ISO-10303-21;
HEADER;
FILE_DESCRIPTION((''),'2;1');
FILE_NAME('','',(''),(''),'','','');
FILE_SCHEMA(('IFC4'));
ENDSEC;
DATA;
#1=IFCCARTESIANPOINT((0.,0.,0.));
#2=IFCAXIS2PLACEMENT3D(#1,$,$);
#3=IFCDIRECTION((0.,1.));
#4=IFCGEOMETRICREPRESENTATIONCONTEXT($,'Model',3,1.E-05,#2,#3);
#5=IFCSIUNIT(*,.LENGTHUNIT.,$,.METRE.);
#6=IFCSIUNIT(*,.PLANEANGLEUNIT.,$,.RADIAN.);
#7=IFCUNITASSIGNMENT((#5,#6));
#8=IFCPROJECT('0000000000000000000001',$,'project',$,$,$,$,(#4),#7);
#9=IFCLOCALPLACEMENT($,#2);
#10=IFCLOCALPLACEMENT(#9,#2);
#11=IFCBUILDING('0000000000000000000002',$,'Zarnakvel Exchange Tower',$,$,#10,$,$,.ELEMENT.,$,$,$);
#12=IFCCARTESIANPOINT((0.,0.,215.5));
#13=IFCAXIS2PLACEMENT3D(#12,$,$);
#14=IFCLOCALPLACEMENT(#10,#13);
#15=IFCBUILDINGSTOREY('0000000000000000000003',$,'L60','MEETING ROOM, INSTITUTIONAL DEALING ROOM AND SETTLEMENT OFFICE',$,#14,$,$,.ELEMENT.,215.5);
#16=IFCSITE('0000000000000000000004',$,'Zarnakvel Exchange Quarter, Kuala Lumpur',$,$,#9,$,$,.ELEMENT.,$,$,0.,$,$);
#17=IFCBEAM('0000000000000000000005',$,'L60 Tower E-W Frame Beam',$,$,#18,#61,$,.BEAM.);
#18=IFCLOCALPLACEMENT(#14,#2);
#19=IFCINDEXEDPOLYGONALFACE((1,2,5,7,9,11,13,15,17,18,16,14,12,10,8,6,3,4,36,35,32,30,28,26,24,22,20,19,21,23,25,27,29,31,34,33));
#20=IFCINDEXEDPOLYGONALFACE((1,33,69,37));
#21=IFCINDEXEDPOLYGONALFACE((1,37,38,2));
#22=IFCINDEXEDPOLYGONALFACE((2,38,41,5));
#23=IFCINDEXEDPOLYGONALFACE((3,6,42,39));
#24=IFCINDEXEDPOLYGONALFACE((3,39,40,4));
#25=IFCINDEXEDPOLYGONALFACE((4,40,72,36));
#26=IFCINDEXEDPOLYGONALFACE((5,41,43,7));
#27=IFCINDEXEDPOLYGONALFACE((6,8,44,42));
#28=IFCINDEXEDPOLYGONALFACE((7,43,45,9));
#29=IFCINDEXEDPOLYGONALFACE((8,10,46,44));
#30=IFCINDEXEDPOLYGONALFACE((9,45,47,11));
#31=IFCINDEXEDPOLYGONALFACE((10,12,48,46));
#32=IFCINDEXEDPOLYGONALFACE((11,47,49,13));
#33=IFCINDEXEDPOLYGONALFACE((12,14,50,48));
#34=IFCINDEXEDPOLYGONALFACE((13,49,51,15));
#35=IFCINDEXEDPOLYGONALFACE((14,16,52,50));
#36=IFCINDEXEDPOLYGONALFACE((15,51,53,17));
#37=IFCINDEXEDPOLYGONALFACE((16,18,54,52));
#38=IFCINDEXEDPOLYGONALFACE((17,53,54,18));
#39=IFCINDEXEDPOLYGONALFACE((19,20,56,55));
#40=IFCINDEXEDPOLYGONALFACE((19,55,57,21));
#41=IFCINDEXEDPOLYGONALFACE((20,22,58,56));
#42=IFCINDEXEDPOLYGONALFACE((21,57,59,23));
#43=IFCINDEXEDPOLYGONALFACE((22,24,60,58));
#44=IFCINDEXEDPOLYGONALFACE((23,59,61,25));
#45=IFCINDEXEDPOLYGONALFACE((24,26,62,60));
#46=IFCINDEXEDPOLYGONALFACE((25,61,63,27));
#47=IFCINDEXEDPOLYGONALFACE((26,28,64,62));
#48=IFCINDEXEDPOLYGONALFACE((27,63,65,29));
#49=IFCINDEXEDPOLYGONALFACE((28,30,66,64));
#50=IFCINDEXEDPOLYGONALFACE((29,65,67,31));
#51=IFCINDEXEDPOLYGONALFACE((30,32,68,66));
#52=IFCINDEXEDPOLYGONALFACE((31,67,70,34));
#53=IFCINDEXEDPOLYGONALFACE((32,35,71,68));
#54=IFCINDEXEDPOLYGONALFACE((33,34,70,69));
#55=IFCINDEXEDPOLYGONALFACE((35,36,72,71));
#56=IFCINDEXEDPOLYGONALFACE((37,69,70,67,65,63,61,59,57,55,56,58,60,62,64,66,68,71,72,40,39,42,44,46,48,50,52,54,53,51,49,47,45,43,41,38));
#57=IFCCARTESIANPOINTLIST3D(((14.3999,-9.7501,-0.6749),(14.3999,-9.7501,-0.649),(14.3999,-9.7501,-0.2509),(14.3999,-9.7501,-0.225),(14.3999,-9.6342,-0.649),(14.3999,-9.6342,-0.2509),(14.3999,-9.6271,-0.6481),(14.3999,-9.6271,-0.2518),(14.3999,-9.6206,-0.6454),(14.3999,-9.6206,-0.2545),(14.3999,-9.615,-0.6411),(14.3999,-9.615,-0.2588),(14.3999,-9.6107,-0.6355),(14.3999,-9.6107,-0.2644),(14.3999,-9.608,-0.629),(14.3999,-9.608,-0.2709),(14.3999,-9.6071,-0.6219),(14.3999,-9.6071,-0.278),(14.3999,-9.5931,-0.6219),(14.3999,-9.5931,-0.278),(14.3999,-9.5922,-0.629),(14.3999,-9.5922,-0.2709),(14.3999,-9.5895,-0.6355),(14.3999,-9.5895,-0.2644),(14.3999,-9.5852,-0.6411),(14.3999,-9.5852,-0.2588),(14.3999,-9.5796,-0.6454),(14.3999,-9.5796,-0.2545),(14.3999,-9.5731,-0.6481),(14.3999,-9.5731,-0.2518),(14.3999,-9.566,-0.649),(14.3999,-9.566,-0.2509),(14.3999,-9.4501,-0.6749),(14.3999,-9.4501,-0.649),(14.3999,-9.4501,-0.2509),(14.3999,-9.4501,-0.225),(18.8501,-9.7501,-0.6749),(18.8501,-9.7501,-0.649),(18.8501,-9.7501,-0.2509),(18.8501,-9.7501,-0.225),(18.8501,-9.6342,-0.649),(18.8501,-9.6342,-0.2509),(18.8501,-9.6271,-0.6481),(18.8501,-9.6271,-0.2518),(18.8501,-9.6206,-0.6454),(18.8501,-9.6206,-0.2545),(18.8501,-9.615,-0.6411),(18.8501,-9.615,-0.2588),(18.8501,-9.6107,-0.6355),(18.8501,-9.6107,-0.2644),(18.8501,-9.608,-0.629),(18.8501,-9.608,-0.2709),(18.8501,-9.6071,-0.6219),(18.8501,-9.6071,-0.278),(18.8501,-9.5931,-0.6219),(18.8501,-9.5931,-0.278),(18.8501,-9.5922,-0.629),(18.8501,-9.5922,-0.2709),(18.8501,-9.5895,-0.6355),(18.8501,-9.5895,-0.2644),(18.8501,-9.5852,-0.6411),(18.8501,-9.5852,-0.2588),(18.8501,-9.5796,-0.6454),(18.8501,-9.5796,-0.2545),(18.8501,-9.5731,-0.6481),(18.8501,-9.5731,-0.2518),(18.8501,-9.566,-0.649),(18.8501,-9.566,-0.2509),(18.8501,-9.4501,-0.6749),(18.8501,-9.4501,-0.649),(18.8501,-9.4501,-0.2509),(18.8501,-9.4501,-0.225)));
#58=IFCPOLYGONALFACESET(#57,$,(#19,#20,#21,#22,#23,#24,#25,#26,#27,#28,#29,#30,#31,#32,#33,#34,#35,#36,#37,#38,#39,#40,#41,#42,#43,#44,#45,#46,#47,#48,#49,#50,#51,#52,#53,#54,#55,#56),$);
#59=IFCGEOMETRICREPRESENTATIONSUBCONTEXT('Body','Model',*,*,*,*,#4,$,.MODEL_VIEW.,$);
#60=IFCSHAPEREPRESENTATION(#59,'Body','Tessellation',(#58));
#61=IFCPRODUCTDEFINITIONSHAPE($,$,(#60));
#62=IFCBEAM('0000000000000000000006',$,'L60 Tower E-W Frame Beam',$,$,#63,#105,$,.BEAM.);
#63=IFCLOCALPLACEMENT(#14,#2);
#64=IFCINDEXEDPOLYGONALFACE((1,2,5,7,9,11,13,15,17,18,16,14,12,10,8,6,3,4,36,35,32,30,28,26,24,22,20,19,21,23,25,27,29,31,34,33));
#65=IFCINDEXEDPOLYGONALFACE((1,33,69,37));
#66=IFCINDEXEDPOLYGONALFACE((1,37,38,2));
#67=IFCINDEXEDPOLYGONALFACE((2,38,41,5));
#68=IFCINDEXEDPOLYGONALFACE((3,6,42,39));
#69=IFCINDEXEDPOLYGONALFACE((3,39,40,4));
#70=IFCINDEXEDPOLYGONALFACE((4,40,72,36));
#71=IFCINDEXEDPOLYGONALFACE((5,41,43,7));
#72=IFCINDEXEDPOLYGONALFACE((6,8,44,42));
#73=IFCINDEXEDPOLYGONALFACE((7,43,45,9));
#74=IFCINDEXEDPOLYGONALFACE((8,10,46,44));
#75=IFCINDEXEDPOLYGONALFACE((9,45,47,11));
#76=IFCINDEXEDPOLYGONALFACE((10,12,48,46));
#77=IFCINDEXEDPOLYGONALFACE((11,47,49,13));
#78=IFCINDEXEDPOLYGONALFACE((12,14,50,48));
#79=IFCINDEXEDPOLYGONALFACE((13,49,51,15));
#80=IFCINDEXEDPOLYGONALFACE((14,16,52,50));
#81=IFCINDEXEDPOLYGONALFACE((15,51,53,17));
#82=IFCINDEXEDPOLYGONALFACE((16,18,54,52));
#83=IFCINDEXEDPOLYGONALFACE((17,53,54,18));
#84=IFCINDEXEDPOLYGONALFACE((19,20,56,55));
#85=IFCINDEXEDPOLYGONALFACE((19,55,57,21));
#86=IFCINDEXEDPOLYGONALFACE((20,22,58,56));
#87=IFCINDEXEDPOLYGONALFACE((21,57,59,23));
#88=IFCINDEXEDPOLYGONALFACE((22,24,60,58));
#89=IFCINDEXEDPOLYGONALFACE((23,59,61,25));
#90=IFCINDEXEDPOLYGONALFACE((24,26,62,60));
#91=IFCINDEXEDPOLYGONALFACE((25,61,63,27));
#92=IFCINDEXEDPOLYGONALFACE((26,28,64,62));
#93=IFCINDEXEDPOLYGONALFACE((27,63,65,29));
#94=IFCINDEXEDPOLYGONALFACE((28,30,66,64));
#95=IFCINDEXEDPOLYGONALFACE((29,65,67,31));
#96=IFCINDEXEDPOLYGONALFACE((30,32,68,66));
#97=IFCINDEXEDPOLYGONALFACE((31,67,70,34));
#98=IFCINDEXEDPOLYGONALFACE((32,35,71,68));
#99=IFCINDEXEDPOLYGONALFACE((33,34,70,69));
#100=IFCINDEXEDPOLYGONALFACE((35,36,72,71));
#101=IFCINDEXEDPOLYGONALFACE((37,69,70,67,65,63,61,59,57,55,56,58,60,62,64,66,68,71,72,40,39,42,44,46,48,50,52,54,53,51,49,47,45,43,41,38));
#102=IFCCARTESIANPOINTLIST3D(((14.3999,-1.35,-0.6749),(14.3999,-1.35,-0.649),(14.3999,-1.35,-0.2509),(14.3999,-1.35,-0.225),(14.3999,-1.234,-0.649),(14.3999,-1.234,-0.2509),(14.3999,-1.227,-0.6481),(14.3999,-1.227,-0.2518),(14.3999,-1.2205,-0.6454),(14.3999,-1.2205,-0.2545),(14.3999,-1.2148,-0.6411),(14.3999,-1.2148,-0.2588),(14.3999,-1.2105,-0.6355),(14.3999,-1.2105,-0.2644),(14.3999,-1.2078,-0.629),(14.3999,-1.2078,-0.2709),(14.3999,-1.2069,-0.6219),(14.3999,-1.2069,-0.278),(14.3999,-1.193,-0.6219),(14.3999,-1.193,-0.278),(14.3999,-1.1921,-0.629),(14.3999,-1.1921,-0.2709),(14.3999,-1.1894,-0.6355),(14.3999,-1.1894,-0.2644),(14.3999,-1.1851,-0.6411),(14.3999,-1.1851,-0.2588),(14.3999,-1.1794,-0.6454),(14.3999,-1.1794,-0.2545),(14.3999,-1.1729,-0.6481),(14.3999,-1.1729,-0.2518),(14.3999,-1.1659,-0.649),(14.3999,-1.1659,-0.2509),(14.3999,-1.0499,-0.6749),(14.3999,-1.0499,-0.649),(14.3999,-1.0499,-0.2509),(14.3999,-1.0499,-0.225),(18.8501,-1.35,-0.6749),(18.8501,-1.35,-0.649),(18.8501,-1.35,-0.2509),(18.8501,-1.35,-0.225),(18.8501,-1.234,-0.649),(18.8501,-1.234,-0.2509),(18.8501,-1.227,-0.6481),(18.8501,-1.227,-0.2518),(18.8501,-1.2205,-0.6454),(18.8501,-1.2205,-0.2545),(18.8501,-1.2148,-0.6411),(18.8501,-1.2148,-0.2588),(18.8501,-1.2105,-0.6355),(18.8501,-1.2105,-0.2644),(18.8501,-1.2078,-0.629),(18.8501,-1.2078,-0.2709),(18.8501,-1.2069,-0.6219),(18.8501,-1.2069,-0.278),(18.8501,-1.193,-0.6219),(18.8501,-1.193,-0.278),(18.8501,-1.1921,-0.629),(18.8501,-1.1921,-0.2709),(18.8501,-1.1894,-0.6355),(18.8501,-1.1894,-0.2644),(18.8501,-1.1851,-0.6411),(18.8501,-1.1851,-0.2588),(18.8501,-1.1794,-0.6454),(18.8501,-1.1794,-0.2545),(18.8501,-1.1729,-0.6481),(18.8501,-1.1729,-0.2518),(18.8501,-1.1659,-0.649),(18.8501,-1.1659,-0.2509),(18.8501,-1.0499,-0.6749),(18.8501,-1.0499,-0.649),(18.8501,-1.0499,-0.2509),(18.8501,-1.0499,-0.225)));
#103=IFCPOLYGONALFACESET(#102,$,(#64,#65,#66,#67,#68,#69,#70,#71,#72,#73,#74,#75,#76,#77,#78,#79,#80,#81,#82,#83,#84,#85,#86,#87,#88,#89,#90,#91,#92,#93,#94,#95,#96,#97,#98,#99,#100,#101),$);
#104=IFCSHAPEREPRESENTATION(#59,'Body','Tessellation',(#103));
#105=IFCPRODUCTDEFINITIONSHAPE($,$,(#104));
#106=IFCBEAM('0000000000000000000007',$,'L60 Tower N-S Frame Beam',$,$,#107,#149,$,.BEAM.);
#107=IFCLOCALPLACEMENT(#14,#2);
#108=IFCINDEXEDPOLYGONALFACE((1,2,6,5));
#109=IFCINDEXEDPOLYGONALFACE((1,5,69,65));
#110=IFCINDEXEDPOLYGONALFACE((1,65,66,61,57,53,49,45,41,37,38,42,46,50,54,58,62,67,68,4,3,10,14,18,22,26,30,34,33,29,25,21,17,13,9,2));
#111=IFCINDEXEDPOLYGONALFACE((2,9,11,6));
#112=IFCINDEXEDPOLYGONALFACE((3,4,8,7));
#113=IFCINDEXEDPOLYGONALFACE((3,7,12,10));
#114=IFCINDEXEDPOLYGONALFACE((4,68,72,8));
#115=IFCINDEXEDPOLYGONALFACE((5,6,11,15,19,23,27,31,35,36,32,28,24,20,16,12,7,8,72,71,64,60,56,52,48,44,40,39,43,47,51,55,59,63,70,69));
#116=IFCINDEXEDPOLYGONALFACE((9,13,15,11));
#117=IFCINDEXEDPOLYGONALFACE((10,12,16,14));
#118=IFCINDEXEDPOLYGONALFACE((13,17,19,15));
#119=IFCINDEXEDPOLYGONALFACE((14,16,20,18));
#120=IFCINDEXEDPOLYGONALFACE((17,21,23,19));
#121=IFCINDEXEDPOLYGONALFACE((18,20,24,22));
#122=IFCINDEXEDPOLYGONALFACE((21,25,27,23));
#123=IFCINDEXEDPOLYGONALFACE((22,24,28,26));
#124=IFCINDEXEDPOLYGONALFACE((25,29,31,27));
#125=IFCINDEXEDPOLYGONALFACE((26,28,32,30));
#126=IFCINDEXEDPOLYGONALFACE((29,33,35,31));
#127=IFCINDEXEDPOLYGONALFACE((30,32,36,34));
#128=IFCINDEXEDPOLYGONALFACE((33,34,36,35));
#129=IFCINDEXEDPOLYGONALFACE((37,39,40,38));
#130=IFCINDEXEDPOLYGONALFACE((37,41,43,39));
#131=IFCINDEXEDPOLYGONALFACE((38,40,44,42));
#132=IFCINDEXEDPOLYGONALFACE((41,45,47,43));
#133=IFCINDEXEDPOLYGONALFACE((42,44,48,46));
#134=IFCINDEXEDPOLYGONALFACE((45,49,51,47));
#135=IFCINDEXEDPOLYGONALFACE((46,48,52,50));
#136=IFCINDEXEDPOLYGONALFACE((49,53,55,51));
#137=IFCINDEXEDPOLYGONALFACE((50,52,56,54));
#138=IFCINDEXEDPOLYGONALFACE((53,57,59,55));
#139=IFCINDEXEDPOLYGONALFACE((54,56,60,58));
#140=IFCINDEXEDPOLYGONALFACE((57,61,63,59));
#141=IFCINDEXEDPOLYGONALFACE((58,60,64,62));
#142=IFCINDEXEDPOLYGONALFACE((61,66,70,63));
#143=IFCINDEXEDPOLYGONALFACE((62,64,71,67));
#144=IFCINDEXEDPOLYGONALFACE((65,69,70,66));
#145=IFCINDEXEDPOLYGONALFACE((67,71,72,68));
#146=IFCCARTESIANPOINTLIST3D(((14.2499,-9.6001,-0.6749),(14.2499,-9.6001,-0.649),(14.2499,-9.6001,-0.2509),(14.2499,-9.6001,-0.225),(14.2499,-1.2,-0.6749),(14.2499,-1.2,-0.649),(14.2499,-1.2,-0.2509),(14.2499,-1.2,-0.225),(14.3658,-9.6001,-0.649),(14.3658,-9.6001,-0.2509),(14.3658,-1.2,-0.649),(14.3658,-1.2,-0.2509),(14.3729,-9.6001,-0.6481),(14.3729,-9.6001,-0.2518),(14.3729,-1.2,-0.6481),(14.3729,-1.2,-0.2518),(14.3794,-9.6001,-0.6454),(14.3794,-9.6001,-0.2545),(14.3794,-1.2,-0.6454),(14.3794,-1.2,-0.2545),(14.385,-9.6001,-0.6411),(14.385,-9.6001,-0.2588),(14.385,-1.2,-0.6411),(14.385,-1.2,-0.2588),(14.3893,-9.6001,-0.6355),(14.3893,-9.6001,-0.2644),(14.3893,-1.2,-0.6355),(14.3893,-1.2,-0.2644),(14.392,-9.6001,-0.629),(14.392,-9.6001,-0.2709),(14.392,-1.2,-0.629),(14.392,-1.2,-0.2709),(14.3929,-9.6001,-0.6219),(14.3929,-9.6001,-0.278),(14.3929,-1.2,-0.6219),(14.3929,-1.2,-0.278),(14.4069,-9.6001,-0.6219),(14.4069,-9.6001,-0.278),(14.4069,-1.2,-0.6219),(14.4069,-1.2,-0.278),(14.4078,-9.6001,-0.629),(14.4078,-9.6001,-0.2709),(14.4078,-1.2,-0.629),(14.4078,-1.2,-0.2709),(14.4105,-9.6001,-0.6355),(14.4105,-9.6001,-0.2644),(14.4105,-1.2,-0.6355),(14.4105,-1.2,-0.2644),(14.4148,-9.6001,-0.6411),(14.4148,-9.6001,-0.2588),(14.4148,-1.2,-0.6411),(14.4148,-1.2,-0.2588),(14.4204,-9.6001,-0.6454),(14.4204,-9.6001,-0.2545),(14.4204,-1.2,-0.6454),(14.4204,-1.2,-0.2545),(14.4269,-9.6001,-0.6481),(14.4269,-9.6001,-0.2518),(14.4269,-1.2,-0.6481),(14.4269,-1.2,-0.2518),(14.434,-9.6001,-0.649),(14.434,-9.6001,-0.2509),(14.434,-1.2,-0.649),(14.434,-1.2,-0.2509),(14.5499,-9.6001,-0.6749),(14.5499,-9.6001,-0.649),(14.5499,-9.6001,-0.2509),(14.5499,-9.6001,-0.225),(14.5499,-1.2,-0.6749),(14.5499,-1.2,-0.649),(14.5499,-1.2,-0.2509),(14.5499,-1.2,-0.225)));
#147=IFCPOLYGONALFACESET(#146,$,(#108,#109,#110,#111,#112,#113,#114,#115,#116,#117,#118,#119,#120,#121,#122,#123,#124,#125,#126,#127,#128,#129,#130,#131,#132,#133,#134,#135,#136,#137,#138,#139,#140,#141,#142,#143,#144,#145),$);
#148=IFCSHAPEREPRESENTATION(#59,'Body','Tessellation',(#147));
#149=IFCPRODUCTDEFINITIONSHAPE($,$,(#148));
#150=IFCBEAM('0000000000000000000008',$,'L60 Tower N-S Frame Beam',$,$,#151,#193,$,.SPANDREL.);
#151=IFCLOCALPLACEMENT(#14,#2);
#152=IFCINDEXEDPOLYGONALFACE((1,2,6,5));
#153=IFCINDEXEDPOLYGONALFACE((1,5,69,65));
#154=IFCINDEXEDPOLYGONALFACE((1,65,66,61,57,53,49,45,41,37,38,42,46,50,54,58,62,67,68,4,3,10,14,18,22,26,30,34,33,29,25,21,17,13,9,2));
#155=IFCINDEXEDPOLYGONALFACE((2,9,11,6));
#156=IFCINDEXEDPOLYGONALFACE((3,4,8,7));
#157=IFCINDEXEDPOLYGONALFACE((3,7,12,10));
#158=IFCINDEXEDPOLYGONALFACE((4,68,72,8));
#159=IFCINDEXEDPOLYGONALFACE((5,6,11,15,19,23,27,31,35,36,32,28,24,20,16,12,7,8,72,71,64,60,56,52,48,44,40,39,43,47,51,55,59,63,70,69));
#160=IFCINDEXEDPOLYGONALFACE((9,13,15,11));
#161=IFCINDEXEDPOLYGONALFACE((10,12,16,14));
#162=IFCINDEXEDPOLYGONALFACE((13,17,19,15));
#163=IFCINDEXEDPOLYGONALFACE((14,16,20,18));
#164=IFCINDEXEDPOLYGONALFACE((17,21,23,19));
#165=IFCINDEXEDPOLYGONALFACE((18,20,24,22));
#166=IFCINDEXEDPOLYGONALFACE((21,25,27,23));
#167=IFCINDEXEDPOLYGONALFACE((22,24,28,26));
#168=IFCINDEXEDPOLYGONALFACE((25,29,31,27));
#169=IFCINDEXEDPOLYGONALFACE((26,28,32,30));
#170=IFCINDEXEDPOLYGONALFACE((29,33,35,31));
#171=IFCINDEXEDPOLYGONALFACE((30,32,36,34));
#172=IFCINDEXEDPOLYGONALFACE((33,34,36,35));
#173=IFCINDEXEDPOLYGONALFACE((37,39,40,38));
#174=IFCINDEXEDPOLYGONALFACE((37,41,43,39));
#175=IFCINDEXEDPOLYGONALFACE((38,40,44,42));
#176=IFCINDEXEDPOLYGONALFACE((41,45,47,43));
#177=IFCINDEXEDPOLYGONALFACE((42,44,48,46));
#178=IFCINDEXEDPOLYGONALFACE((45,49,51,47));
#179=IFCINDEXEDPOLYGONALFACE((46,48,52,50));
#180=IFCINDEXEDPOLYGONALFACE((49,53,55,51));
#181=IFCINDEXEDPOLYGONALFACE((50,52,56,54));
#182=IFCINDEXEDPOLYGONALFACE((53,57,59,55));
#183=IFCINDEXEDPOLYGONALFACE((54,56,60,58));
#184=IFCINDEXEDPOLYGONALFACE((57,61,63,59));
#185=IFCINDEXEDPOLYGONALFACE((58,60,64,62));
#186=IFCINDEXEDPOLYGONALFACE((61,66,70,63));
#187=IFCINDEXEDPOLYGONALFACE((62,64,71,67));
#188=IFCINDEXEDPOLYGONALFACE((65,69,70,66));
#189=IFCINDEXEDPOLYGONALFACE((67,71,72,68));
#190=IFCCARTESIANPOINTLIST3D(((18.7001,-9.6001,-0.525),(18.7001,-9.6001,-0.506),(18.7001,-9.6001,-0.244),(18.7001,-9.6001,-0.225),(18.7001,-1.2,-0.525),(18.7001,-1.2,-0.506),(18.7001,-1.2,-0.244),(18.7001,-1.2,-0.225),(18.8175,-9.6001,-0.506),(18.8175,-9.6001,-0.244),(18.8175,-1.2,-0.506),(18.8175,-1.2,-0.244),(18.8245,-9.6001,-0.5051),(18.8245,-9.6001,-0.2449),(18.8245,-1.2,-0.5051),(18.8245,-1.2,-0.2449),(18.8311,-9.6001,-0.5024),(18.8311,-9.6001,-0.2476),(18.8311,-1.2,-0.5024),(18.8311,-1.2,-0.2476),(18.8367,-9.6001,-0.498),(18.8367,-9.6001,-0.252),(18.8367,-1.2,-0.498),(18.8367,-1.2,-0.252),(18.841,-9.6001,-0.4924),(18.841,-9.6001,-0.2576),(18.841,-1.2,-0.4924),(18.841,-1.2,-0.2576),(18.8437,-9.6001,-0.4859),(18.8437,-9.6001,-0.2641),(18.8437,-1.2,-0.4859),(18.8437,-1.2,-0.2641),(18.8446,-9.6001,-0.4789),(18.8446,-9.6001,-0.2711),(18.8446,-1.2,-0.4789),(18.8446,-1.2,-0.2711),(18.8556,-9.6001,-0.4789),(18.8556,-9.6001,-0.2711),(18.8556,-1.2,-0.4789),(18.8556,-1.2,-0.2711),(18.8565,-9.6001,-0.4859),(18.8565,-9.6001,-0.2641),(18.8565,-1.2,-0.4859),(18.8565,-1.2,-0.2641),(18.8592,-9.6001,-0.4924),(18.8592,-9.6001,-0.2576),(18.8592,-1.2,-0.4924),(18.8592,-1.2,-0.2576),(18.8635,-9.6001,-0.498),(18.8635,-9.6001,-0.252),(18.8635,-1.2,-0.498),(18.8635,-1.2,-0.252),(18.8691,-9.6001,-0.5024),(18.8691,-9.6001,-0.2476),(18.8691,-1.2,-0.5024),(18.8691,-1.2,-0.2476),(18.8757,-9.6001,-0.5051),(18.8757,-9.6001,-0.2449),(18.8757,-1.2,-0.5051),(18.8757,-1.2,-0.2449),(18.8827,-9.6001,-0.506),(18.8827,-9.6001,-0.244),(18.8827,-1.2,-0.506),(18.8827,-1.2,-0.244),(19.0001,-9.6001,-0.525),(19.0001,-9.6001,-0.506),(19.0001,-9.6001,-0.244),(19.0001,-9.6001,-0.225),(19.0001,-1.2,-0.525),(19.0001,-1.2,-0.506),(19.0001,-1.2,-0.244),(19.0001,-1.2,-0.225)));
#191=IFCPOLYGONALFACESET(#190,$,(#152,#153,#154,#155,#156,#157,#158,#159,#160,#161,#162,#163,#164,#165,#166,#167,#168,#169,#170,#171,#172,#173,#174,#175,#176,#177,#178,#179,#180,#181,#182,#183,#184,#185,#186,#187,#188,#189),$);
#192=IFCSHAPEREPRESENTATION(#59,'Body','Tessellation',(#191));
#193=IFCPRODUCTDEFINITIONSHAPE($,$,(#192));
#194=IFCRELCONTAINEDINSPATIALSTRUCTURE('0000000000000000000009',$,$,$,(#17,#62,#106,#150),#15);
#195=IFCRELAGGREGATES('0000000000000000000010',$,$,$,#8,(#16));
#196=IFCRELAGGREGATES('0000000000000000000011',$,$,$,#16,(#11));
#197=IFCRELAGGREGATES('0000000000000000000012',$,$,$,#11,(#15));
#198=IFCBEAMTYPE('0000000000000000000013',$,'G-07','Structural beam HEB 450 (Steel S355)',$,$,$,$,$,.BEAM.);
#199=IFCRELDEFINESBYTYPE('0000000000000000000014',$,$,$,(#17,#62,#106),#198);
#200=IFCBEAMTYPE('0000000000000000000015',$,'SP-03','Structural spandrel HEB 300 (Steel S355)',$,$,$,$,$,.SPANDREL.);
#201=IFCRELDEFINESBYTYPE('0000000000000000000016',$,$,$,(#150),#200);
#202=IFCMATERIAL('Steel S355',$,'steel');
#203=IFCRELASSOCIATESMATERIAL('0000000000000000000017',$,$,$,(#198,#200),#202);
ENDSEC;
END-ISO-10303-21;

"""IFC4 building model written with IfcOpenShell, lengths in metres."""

from ifc_helpers import new_model, si_unit, direction, frame, origin, origin_2d, place, context, subcontext, project, spatial, i_section, extrude, material, material_profile, profile_set, type_object, element, save


model = new_model("IFC4")

# Units and contexts
model_context = context("Model", 3, precision=1e-05, world=origin(), true_north=direction((0.0, 1.0)))
body_context = subcontext(model_context, "Body", "Model", "MODEL_VIEW")
ifc_project = project(units=[si_unit("LENGTHUNIT", "METRE"), si_unit("PLANEANGLEUNIT", "RADIAN")], contexts=[model_context])

# Site, building, storey
site_placement = place(None, origin())
site = spatial("IfcSite", under=ifc_project, at=site_placement, Name="Zarnakvel Exchange Quarter, Kuala Lumpur", CompositionType="ELEMENT", RefElevation=0.0)
building_placement = place(site_placement, origin())
building = spatial("IfcBuilding", under=site, at=building_placement, Name="Zarnakvel Exchange Tower", CompositionType="ELEMENT")
storey_placement = place(building_placement, frame((0.0, 0.0, 215.5)))
storey = spatial("IfcBuildingStorey", under=building, at=storey_placement, Name="L60", Description="MEETING ROOM, INSTITUTIONAL DEALING ROOM AND SETTLEMENT OFFICE", CompositionType="ELEMENT", Elevation=215.5)

# Shared definitions
ifc_material_1 = material(Name="Steel S355", Category="steel")

# Beams
ifc_material_profile_1 = material_profile(ifc_material_1, i_section(OverallWidth=0.3, OverallDepth=0.45, WebThickness=0.0139, FlangeThickness=0.0259, FilletRadius=0.0271, at=origin_2d()))
ifc_profile_set_1 = profile_set([ifc_material_profile_1], Name="Steel S355")
beam_type_1 = type_object("IfcBeamType", Name="G-07", Description="Structural beam HEB 450 (Steel S355)", PredefinedType="BEAM", material=ifc_profile_set_1)
for number, where, z_axis, x_axis, name in (
    (1, (14.3999, -9.6001, -0.45), (1.0, 0.0, 0.0), (0.0, 1.0, 0.0), "L60 Tower E-W Frame Beam"),
    (2, (14.3999, -1.2, -0.45), (1.0, 0.0, 0.0), (0.0, 1.0, 0.0), "L60 Tower E-W Frame Beam"),
):
    element("IfcBeam", number, at=place(storey_placement, frame(where, z_axis=z_axis, x_axis=x_axis)), inside=storey, type_object=beam_type_1, Name=name, PredefinedType="BEAM", context=body_context, shape_type="SweptSolid", body=[
        extrude(i_section(OverallWidth=0.3, OverallDepth=0.45, WebThickness=0.0139, FlangeThickness=0.0259, FilletRadius=0.0271, at=origin_2d()), origin(), (0.0, 0.0, 1.0), 4.4502),
    ])
beam_1_placement = place(storey_placement, frame((14.3999, -9.6001, -0.45), z_axis=(0.0, 1.0, 0.0), x_axis=(-1.0, 0.0, 0.0)))
element("IfcBeam", 3, at=beam_1_placement, inside=storey, type_object=beam_type_1, Name="L60 Tower N-S Frame Beam", PredefinedType="BEAM", context=body_context, shape_type="SweptSolid", body=[
    extrude(i_section(OverallWidth=0.3, OverallDepth=0.45, WebThickness=0.0139, FlangeThickness=0.0259, FilletRadius=0.0271, at=origin_2d()), origin(), (0.0, 0.0, 1.0), 8.4001),
])
ifc_material_profile_2 = material_profile(ifc_material_1, i_section(OverallWidth=0.3, OverallDepth=0.3, WebThickness=0.011, FlangeThickness=0.019, FilletRadius=0.0271, at=origin_2d()))
ifc_profile_set_2 = profile_set([ifc_material_profile_2], Name="Steel S355")
beam_type_2 = type_object("IfcBeamType", Name="SP-03", Description="Structural spandrel HEB 300 (Steel S355)", PredefinedType="SPANDREL", material=ifc_profile_set_2)
beam_2_placement = place(storey_placement, frame((18.8501, -9.6001, -0.375), z_axis=(0.0, 1.0, 0.0), x_axis=(-1.0, 0.0, 0.0)))
element("IfcBeam", 4, at=beam_2_placement, inside=storey, type_object=beam_type_2, Name="L60 Tower N-S Frame Beam", PredefinedType="SPANDREL", context=body_context, shape_type="SweptSolid", body=[
    extrude(i_section(OverallWidth=0.3, OverallDepth=0.3, WebThickness=0.011, FlangeThickness=0.019, FilletRadius=0.0271, at=origin_2d()), origin(), (0.0, 0.0, 1.0), 8.4001),
])

save(model, "model.ifc")
